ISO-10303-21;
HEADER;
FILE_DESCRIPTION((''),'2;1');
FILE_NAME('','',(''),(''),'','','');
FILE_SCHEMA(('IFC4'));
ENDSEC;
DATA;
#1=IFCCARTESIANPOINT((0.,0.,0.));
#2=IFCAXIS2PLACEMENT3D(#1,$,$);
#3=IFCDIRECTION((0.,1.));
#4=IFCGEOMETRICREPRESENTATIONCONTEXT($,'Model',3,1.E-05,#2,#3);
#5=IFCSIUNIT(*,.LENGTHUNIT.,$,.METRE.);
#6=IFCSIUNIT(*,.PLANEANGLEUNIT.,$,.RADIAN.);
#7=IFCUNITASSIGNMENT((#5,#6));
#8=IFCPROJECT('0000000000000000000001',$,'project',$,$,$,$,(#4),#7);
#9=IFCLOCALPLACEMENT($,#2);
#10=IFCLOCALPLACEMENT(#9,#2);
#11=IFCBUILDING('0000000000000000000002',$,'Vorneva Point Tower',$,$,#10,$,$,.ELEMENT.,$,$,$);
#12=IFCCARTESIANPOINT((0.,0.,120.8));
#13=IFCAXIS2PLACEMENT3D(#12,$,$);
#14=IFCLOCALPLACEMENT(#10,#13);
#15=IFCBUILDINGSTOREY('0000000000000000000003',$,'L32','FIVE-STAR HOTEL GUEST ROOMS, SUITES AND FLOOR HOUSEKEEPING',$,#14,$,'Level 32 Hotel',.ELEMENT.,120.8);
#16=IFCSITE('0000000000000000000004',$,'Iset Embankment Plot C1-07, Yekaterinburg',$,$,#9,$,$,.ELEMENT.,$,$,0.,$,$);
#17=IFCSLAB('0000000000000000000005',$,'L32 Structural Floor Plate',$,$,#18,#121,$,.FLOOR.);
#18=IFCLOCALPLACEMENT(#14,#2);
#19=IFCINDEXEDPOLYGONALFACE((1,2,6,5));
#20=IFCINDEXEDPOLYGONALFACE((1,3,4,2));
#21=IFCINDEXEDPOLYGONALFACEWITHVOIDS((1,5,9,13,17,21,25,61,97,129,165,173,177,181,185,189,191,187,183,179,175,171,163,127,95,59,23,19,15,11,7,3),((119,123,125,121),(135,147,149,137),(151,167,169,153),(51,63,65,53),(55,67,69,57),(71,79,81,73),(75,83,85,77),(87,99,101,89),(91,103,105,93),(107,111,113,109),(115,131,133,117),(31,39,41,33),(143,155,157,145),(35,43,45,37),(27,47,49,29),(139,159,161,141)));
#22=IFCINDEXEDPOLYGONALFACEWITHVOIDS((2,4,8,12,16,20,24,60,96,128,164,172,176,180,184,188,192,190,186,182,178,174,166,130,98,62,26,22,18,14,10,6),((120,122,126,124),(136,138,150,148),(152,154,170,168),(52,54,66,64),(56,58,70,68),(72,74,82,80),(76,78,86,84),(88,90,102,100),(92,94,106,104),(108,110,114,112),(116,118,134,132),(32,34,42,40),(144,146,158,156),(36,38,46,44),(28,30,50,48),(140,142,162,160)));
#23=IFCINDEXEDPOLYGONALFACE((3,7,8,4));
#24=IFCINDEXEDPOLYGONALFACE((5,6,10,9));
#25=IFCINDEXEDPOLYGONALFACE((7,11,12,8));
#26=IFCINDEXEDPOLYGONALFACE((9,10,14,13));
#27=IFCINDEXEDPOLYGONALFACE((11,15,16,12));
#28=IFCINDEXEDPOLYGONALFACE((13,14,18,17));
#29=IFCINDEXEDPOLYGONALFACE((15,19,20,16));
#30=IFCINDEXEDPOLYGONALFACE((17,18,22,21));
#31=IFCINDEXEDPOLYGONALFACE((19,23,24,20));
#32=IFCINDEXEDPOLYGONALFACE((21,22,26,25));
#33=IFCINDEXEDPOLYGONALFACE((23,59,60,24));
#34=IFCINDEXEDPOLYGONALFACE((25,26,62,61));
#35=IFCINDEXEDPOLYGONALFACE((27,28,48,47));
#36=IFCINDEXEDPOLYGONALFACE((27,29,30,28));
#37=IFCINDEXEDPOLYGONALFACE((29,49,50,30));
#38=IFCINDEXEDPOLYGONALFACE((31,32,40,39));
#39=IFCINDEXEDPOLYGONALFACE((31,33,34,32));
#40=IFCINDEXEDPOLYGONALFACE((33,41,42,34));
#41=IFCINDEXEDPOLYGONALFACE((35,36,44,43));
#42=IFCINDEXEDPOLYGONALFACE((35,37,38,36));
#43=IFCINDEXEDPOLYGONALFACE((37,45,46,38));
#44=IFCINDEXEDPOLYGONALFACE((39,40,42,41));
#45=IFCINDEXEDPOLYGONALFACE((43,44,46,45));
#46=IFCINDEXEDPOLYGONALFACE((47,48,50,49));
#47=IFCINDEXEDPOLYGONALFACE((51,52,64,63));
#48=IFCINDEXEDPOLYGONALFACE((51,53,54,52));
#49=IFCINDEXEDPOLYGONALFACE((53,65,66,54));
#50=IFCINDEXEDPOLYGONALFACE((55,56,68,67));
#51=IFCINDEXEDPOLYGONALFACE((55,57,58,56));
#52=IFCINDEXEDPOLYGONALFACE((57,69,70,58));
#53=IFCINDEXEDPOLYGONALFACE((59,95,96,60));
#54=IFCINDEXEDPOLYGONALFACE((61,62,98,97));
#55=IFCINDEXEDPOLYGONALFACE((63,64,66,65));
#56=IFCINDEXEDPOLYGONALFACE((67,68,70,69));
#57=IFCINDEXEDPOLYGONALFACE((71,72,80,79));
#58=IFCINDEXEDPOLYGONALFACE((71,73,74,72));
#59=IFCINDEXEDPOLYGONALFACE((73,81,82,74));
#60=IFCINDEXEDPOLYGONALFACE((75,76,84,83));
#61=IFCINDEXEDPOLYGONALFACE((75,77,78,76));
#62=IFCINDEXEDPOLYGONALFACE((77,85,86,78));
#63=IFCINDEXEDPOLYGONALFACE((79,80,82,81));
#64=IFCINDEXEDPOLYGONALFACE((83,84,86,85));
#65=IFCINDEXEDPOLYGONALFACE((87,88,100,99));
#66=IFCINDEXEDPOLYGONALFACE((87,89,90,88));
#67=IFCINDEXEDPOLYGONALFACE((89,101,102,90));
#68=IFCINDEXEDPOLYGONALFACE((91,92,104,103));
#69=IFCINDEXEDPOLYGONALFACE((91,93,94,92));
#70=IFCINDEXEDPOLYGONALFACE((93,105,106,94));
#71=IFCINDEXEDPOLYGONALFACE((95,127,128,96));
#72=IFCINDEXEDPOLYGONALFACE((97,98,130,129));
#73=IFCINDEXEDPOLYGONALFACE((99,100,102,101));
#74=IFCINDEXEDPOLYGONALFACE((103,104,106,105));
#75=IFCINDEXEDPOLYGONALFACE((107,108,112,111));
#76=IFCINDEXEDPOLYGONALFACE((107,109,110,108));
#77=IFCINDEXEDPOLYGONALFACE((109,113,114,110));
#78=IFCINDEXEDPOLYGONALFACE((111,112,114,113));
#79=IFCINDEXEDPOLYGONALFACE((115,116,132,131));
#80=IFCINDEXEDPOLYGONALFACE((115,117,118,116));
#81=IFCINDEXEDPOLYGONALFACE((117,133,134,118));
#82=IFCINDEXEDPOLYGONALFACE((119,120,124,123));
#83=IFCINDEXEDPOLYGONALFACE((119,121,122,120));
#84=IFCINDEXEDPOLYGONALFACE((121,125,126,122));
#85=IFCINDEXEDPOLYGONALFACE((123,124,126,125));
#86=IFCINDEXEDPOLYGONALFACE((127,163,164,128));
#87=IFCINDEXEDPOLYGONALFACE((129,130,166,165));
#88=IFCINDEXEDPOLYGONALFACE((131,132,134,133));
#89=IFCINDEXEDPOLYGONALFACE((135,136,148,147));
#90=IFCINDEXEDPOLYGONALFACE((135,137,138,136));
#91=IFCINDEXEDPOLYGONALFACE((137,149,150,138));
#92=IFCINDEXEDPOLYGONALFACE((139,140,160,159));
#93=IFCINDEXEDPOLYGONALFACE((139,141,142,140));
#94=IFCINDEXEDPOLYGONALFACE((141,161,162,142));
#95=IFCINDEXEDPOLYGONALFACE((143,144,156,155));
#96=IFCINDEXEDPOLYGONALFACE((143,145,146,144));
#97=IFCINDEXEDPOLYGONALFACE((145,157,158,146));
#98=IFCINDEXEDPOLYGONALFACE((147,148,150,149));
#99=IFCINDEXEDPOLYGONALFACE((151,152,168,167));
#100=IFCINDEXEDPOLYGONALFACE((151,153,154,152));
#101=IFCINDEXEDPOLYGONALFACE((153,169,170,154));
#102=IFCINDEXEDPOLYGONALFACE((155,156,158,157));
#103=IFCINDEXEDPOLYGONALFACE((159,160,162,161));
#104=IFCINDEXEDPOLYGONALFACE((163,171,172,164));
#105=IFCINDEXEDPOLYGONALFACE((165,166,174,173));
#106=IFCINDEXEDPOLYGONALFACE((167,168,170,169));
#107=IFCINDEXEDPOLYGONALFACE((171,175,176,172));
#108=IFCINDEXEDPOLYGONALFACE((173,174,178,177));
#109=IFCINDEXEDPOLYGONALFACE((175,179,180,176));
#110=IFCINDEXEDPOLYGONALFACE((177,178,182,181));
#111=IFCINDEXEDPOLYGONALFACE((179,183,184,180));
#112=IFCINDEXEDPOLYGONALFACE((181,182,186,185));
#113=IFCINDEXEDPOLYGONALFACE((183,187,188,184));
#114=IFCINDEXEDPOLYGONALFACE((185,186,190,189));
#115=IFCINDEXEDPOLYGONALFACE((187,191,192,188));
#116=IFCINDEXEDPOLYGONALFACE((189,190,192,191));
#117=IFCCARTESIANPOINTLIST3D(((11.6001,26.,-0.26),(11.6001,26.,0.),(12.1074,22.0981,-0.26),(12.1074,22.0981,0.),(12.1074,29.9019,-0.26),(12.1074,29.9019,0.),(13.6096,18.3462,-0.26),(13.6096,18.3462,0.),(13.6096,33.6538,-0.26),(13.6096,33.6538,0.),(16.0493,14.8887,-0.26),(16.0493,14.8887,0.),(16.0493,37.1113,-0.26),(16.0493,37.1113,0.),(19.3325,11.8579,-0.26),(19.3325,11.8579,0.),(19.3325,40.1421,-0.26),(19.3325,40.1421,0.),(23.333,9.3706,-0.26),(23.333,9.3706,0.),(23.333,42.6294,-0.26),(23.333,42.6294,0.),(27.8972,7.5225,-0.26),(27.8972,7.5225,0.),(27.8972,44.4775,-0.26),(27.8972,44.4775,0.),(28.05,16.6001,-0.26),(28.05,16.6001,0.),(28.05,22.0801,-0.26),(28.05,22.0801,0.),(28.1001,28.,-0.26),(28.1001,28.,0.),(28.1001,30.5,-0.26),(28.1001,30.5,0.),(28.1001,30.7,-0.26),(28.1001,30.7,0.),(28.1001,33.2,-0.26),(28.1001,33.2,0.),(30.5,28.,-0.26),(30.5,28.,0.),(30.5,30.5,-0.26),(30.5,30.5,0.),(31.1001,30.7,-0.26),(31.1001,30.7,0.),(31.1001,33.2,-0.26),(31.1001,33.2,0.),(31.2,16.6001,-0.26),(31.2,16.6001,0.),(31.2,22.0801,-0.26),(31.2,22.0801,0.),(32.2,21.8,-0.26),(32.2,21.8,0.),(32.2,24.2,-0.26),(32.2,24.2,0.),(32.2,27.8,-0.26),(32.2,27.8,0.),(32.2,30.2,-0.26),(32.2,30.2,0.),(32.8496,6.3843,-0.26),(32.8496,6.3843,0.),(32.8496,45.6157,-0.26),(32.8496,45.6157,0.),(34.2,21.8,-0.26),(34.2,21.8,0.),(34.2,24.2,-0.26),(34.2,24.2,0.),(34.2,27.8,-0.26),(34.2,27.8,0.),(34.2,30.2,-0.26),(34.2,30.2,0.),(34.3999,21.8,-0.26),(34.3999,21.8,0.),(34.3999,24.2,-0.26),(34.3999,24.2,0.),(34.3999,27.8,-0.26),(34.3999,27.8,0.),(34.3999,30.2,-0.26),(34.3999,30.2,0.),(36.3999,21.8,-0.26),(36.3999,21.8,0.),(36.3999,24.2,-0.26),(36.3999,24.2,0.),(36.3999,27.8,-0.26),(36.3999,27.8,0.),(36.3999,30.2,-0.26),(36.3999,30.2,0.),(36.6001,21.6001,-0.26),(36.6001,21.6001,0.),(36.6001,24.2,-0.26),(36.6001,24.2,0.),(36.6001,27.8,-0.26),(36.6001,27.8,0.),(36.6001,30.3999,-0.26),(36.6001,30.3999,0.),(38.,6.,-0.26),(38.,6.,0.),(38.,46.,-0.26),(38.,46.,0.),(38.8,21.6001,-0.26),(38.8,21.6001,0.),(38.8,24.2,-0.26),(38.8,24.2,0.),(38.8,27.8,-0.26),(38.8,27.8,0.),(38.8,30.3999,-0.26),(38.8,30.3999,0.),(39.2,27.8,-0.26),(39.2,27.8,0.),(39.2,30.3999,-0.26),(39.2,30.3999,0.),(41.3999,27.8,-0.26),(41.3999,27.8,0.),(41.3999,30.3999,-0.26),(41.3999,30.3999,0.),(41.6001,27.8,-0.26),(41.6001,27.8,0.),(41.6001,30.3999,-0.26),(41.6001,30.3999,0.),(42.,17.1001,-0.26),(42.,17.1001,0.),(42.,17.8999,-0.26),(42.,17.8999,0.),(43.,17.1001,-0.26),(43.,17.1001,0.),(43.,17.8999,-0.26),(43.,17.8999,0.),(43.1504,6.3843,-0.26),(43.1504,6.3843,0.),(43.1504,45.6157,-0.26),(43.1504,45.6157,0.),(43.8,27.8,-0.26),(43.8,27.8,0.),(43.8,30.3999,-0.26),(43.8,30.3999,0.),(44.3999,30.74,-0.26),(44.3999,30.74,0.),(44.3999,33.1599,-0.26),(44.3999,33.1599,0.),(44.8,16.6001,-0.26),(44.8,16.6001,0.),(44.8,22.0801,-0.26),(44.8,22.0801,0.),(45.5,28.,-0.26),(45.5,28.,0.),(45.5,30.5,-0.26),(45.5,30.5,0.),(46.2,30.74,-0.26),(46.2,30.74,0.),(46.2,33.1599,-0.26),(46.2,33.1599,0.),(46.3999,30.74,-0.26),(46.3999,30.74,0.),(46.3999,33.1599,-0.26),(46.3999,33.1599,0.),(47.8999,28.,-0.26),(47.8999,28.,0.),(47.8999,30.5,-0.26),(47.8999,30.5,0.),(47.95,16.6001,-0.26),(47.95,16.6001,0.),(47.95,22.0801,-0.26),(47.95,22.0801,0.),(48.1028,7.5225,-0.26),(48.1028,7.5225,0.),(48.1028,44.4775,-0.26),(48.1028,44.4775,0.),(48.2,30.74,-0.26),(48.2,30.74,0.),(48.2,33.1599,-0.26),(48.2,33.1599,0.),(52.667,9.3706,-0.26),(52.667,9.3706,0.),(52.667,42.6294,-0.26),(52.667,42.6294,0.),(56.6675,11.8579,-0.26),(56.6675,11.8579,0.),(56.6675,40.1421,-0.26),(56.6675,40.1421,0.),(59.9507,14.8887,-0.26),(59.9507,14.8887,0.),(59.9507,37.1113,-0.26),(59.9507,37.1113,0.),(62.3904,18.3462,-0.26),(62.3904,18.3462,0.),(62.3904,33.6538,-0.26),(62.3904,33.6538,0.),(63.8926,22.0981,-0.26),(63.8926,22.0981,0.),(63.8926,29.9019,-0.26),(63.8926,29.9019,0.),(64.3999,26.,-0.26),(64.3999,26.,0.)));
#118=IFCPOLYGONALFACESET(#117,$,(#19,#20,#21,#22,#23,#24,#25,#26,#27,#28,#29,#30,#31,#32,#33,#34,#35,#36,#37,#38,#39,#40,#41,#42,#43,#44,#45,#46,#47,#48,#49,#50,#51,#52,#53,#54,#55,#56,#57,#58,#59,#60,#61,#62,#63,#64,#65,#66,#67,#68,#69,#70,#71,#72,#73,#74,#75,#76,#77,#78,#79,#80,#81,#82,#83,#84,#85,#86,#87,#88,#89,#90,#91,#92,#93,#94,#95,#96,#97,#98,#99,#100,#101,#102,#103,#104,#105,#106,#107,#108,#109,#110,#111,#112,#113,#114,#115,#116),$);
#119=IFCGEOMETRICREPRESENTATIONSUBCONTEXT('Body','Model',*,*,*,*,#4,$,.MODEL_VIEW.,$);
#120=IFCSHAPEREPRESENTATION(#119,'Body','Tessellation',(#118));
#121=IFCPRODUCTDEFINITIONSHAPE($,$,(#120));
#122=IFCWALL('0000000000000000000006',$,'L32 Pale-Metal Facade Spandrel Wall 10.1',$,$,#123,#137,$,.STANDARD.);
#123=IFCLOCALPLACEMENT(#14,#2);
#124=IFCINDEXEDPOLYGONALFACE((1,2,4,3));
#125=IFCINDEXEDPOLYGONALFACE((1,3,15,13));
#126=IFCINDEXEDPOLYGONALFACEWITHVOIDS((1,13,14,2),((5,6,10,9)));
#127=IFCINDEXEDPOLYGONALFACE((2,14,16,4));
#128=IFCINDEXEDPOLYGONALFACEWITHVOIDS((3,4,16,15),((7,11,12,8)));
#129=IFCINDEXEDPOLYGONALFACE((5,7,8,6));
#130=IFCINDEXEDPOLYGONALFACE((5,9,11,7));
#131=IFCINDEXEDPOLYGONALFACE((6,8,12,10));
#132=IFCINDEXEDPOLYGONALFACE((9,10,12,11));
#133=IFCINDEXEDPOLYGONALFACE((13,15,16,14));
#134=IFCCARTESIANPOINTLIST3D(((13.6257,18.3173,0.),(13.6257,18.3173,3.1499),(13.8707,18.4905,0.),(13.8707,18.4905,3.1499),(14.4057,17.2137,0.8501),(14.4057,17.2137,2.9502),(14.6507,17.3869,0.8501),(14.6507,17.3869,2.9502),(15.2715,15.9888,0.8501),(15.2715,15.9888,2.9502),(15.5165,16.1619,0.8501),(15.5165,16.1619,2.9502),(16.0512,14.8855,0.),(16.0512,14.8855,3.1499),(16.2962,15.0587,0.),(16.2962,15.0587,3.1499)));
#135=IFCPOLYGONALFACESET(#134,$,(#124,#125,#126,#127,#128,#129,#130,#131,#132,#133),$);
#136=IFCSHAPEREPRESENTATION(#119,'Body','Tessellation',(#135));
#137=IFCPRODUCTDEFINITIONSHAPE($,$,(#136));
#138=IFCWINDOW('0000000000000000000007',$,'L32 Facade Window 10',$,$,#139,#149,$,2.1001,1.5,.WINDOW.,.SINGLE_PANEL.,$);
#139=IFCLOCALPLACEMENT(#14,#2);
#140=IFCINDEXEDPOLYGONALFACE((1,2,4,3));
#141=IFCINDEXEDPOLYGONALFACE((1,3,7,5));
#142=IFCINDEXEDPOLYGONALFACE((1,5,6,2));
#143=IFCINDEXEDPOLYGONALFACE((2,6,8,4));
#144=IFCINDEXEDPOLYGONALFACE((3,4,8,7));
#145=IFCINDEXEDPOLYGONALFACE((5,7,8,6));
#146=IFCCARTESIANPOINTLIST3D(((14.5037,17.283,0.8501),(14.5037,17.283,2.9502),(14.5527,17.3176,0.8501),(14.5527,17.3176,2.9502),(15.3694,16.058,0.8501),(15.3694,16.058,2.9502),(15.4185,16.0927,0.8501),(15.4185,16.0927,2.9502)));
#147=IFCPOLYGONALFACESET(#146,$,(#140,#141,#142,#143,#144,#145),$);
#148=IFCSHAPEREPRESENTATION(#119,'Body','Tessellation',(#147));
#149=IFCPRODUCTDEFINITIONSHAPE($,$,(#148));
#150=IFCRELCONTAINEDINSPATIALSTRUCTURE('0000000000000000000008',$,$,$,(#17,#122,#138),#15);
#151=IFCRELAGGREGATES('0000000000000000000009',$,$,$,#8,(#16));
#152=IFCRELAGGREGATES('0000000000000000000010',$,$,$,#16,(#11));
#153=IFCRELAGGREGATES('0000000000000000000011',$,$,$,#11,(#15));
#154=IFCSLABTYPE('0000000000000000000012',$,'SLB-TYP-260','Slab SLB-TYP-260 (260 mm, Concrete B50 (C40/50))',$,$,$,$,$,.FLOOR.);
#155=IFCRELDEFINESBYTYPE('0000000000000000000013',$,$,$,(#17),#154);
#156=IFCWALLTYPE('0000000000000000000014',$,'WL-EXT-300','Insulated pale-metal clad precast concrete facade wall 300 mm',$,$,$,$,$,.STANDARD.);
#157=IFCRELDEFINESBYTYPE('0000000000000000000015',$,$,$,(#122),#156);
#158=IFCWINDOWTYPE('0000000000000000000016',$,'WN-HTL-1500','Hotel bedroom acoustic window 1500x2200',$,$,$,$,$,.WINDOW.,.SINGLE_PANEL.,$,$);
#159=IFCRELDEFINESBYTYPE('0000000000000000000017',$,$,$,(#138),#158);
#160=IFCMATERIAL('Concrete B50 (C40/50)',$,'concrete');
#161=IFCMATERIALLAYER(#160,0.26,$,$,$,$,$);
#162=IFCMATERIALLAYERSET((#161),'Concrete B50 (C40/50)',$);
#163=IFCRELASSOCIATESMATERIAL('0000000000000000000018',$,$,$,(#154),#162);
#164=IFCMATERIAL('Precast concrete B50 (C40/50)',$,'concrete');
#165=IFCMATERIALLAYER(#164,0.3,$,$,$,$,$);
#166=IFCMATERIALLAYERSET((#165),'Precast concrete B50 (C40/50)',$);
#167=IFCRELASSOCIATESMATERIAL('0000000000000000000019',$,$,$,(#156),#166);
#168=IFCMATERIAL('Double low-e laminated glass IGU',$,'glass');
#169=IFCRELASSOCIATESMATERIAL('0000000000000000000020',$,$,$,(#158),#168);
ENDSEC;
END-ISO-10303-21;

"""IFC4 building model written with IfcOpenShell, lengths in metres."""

from ifc_helpers import new_model, si_unit, direction, frame, frame_2d, origin, place, context, subcontext, project, spatial, polyline, rectangle, outline, extrude, material, layer, layer_set, type_object, element, fill, save


model = new_model("IFC4")

# Units and contexts
model_context = context("Model", 3, precision=1e-05, world=origin(), true_north=direction((0.0, 1.0)))
body_context = subcontext(model_context, "Body", "Model", "MODEL_VIEW")
ifc_project = project(units=[si_unit("LENGTHUNIT", "METRE"), si_unit("PLANEANGLEUNIT", "RADIAN")], contexts=[model_context])

# Site, building, storey
site_placement = place(None, origin())
site = spatial("IfcSite", under=ifc_project, at=site_placement, Name="Iset Embankment Plot C1-07, Yekaterinburg", CompositionType="ELEMENT", RefElevation=0.0)
building_placement = place(site_placement, origin())
building = spatial("IfcBuilding", under=site, at=building_placement, Name="Vorneva Point Tower", CompositionType="ELEMENT")
storey_placement = place(building_placement, frame((0.0, 0.0, 120.8)))
storey = spatial("IfcBuildingStorey", under=building, at=storey_placement, Name="L32", Description="FIVE-STAR HOTEL GUEST ROOMS, SUITES AND FLOOR HOUSEKEEPING", LongName="Level 32 Hotel", CompositionType="ELEMENT", Elevation=120.8)

# Shared definitions
ifc_material_1 = material(Name="Double low-e laminated glass IGU", Category="glass")

# Shared definitions
ifc_material_2 = material(Name="Concrete B50 (C40/50)", Category="concrete")

# Slab
ifc_layer_1 = layer(ifc_material_2, 0.26)
ifc_layer_set_1 = layer_set([ifc_layer_1], Name="Concrete B50 (C40/50)")
slab_type_1 = type_object("IfcSlabType", Name="SLB-TYP-260", Description="Slab SLB-TYP-260 (260 mm, Concrete B50 (C40/50))", PredefinedType="FLOOR", material=ifc_layer_set_1)
slab_1_placement = place(storey_placement, frame((0.0, 0.0, -0.26)))
element("IfcSlab", 1, at=slab_1_placement, inside=storey, type_object=slab_type_1, Name="L32 Structural Floor Plate", PredefinedType="FLOOR", context=body_context, shape_type="SweptSolid", body=[
    extrude(outline(polyline([(64.3999, 26.0), (63.8926, 29.9019), (62.3904, 33.6538), (59.9507, 37.1113), (56.6675, 40.1421), (52.667, 42.6294), (48.1028, 44.4775), (43.1504, 45.6157), (38.0, 46.0), (32.8496, 45.6157), (27.8972, 44.4775), (23.333, 42.6294), (19.3325, 40.1421), (16.0493, 37.1113), (13.6096, 33.6538), (12.1074, 29.9019), (11.6001, 26.0), (12.1074, 22.0981), (13.6096, 18.3462), (16.0493, 14.8887), (19.3325, 11.8579), (23.333, 9.3706), (27.8972, 7.5225), (32.8496, 6.3843), (38.0, 6.0), (43.1504, 6.3843), (48.1028, 7.5225), (52.667, 9.3706), (56.6675, 11.8579), (59.9507, 14.8887), (62.3904, 18.3462), (63.8926, 22.0981), (64.3999, 26.0)]), holes=[polyline([(32.2, 27.8), (34.2, 27.8), (34.2, 30.2), (32.2, 30.2), (32.2, 27.8)]), polyline([(34.3999, 27.8), (36.3999, 27.8), (36.3999, 30.2), (34.3999, 30.2), (34.3999, 27.8)]), polyline([(36.6001, 27.8), (38.8, 27.8), (38.8, 30.3999), (36.6001, 30.3999), (36.6001, 27.8)]), polyline([(32.2, 21.8), (34.2, 21.8), (34.2, 24.2), (32.2, 24.2), (32.2, 21.8)]), polyline([(34.3999, 21.8), (36.3999, 21.8), (36.3999, 24.2), (34.3999, 24.2), (34.3999, 21.8)]), polyline([(36.6001, 21.6001), (38.8, 21.6001), (38.8, 24.2), (36.6001, 24.2), (36.6001, 21.6001)]), polyline([(39.2, 27.8), (41.3999, 27.8), (41.3999, 30.3999), (39.2, 30.3999), (39.2, 27.8)]), polyline([(41.6001, 27.8), (43.8, 27.8), (43.8, 30.3999), (41.6001, 30.3999), (41.6001, 27.8)]), polyline([(44.3999, 30.74), (46.2, 30.74), (46.2, 33.1599), (44.3999, 33.1599), (44.3999, 30.74)]), polyline([(46.3999, 30.74), (48.2, 30.74), (48.2, 33.1599), (46.3999, 33.1599), (46.3999, 30.74)]), polyline([(28.1001, 28.0), (30.5, 28.0), (30.5, 30.5), (28.1001, 30.5), (28.1001, 28.0)]), polyline([(45.5, 28.0), (47.8999, 28.0), (47.8999, 30.5), (45.5, 30.5), (45.5, 28.0)]), polyline([(28.1001, 30.7), (31.1001, 30.7), (31.1001, 33.2), (28.1001, 33.2), (28.1001, 30.7)]), polyline([(28.05, 16.6001), (31.2, 16.6001), (31.2, 22.0801), (28.05, 22.0801), (28.05, 16.6001)]), polyline([(44.8, 16.6001), (47.95, 16.6001), (47.95, 22.0801), (44.8, 22.0801), (44.8, 16.6001)]), polyline([(42.0, 17.1001), (43.0, 17.1001), (43.0, 17.8999), (42.0, 17.8999), (42.0, 17.1001)])]), origin(), (0.0, 0.0, 1.0), 0.26),
])

# Wall, opening, window
ifc_material_3 = material(Name="Precast concrete B50 (C40/50)", Category="concrete")
ifc_layer_2 = layer(ifc_material_3, 0.3)
ifc_layer_set_2 = layer_set([ifc_layer_2], Name="Precast concrete B50 (C40/50)")
wall_type_1 = type_object("IfcWallType", Name="WL-EXT-300", Description="Insulated pale-metal clad precast concrete facade wall 300 mm", PredefinedType="STANDARD", material=ifc_layer_set_2)
wall_1_placement = place(storey_placement, frame((13.7483, 18.4038, 0.0), z_axis=(0.0, 0.0, 1.0), x_axis=(0.577164, -0.816628, 0.0)))
wall_1 = element("IfcWall", 2, at=wall_1_placement, inside=storey, type_object=wall_type_1, Name="L32 Pale-Metal Facade Spandrel Wall 10.1", PredefinedType="STANDARD", context=body_context, shape_type="SweptSolid", body=[
    extrude(rectangle(XDim=4.2024, YDim=0.3, at=frame_2d((2.1011, 0.0))), origin(), (0.0, 0.0, 1.0), 3.1499),
])
opening_1_placement = place(wall_1_placement, frame((1.3513, 0.0, 0.8501)))
opening_1 = element("IfcOpeningElement", 3, at=opening_1_placement, cuts=wall_1, PredefinedType="OPENING", context=body_context, shape_type="SweptSolid", body=[
    extrude(rectangle(XDim=1.5, YDim=2.1001, at=frame_2d((0.75, 1.05))), frame((0.0, 0.165, 0.0), z_axis=(0.0, -1.0, 0.0), x_axis=(1.0, 0.0, 0.0)), (0.0, 0.0, 1.0), 0.3298),
])
window_type = type_object("IfcWindowType", Name="WN-HTL-1500", Description="Hotel bedroom acoustic window 1500x2200", PartitioningType="SINGLE_PANEL", PredefinedType="WINDOW", material=ifc_material_1)
window_placement = place(opening_1_placement, origin())
window = element("IfcWindow", 4, at=window_placement, inside=storey, type_object=window_type, Name="L32 Facade Window 10", OverallHeight=2.1001, OverallWidth=1.5, PartitioningType="SINGLE_PANEL", PredefinedType="WINDOW", context=body_context, shape_type="SweptSolid", body=[
    extrude(rectangle(XDim=1.5, YDim=2.1001, at=frame_2d((0.75, 1.05))), frame((0.0, 0.03, 0.0), z_axis=(0.0, -1.0, 0.0), x_axis=(1.0, 0.0, 0.0)), (0.0, 0.0, 1.0), 0.0601),
])
fill(opening_1, window)

save(model, "model.ifc")
